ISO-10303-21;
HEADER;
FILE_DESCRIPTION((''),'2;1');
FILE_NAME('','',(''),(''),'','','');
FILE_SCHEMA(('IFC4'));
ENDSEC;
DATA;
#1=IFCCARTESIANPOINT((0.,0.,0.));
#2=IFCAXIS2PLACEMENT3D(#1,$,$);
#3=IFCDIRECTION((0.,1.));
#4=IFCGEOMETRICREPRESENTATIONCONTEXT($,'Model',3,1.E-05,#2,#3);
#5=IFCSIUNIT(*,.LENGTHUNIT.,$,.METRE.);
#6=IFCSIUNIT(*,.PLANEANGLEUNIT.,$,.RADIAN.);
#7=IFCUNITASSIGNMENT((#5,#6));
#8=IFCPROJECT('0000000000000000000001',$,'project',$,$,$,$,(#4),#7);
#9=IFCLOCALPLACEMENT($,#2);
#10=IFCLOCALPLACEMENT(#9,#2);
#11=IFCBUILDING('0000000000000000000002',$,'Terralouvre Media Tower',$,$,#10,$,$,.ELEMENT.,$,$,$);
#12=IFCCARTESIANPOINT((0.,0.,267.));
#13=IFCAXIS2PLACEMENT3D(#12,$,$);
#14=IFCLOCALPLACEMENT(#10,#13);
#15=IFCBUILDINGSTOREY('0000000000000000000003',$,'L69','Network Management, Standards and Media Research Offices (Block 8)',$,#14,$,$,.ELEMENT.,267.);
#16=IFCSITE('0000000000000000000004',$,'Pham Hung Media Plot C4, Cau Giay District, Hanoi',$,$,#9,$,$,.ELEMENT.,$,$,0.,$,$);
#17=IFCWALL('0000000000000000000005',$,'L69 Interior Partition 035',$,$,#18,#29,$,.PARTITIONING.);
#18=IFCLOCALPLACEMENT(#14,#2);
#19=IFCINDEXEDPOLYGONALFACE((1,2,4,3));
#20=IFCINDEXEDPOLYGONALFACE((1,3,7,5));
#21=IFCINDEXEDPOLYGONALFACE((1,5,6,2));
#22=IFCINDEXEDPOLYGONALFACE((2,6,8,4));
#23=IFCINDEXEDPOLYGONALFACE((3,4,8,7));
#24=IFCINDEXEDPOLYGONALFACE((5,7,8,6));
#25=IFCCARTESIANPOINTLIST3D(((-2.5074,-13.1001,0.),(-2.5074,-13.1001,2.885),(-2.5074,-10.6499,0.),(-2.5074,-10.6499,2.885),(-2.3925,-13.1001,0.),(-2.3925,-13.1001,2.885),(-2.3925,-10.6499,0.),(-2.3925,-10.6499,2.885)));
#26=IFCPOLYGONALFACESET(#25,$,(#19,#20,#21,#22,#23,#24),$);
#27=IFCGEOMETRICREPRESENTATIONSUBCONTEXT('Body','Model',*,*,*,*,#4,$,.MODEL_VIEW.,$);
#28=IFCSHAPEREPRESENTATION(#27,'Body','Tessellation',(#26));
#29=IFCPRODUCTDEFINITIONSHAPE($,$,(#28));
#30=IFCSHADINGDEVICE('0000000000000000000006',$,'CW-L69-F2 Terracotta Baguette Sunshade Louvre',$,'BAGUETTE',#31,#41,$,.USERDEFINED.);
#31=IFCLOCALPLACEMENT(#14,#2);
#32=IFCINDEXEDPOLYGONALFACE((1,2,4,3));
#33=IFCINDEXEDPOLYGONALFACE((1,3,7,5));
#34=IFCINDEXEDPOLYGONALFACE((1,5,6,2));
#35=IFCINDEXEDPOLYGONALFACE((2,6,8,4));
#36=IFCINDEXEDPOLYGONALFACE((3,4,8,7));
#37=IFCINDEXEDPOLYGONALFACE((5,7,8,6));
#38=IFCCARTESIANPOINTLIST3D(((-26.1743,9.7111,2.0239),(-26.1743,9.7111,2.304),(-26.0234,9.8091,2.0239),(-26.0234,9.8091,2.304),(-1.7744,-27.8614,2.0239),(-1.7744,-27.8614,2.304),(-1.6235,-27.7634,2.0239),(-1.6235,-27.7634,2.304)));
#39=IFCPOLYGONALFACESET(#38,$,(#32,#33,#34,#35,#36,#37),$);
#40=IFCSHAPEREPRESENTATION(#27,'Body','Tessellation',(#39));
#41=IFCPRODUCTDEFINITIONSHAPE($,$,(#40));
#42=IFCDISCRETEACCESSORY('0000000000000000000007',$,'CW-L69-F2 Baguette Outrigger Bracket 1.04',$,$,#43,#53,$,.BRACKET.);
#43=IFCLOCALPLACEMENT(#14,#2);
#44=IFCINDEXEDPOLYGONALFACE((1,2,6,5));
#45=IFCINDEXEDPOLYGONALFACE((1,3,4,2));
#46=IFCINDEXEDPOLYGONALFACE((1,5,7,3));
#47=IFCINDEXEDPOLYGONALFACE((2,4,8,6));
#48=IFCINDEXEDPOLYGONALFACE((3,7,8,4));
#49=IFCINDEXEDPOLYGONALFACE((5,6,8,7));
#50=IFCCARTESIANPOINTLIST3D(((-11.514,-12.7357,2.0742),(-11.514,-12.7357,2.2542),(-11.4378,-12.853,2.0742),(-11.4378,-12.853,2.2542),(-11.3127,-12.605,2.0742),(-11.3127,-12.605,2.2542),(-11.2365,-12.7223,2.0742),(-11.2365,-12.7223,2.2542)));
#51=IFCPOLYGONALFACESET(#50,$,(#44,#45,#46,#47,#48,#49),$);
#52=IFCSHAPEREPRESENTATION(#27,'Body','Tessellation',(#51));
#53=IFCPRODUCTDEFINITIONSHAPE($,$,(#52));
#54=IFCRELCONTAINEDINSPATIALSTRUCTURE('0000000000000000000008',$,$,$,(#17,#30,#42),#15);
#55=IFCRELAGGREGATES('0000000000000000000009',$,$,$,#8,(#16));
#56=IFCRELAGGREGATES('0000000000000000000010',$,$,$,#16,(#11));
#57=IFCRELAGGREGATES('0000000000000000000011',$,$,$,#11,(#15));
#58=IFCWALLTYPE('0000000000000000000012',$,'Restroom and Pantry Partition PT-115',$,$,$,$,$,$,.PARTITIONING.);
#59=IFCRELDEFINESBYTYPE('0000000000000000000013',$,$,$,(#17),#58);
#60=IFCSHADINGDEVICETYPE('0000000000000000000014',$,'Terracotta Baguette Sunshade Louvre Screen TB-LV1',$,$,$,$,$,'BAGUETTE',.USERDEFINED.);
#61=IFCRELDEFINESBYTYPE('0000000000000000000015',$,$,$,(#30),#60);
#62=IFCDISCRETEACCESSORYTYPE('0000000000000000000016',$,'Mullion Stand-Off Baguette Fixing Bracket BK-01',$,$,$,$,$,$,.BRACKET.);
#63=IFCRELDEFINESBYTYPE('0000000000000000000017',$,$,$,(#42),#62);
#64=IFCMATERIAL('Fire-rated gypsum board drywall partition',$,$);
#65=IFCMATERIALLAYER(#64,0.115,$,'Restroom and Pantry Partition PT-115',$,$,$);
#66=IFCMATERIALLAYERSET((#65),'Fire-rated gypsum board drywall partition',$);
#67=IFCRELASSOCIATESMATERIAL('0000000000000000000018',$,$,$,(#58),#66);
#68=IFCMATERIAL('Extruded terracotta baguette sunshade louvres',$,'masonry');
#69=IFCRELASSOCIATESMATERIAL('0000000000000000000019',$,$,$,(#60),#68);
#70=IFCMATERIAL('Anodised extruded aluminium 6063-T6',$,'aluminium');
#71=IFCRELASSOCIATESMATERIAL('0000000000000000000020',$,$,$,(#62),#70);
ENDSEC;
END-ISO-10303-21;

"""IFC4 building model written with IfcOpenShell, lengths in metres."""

from ifc_helpers import new_model, si_unit, direction, frame, frame_2d, origin, origin_2d, place, context, subcontext, project, spatial, rectangle, extrude, material, layer, layer_set, type_object, element, save


model = new_model("IFC4")

# Units and contexts
model_context = context("Model", 3, precision=1e-05, world=origin(), true_north=direction((0.0, 1.0)))
body_context = subcontext(model_context, "Body", "Model", "MODEL_VIEW")
ifc_project = project(units=[si_unit("LENGTHUNIT", "METRE"), si_unit("PLANEANGLEUNIT", "RADIAN")], contexts=[model_context])

# Site, building, storey
site_placement = place(None, origin())
site = spatial("IfcSite", under=ifc_project, at=site_placement, Name="Pham Hung Media Plot C4, Cau Giay District, Hanoi", CompositionType="ELEMENT", RefElevation=0.0)
building_placement = place(site_placement, origin())
building = spatial("IfcBuilding", under=site, at=building_placement, Name="Terralouvre Media Tower", CompositionType="ELEMENT")
storey_placement = place(building_placement, frame((0.0, 0.0, 267.0)))
storey = spatial("IfcBuildingStorey", under=building, at=storey_placement, Name="L69", Description="Network Management, Standards and Media Research Offices (Block 8)", CompositionType="ELEMENT", Elevation=267.0)

# Shared definitions
ifc_material_1 = material(Name="Fire-rated gypsum board drywall partition")
ifc_layer_1 = layer(ifc_material_1, 0.115, Name="Restroom and Pantry Partition PT-115")
ifc_layer_set_1 = layer_set([ifc_layer_1], Name="Fire-rated gypsum board drywall partition")
wall_type_1 = type_object("IfcWallType", Name="Restroom and Pantry Partition PT-115", PredefinedType="PARTITIONING", material=ifc_layer_set_1)

# Wall
for number, where, z_axis, x_axis, name in (
    (1, (-2.45, -13.1001, 0.0), (0.0, 0.0, 1.0), (0.0, 1.0, 0.0), "L69 Interior Partition 035"),
):
    element("IfcWall", number, at=place(storey_placement, frame(where, z_axis=z_axis, x_axis=x_axis)), inside=storey, type_object=wall_type_1, Name=name, PredefinedType="PARTITIONING", context=body_context, shape_type="SweptSolid", body=[
        extrude(rectangle(XDim=2.4502, YDim=0.115, at=frame_2d((1.2251, 0.0))), origin(), (0.0, 0.0, 1.0), 2.885),
    ])

# Shading device
ifc_material_2 = material(Name="Extruded terracotta baguette sunshade louvres", Category="masonry")
shading_device_type = type_object("IfcShadingDeviceType", Name="Terracotta Baguette Sunshade Louvre Screen TB-LV1", ElementType="BAGUETTE", PredefinedType="USERDEFINED", material=ifc_material_2)
shading_device_placement = place(storey_placement, frame((-13.8989, -9.0261, 2.0239), z_axis=(0.0, 0.0, 1.0), x_axis=(0.544639, -0.838671, 0.0)))
element("IfcShadingDevice", 2, at=shading_device_placement, inside=storey, type_object=shading_device_type, Name="CW-L69-F2 Terracotta Baguette Sunshade Louvre", ObjectType="BAGUETTE", PredefinedType="USERDEFINED", context=body_context, shape_type="SweptSolid", body=[
    extrude(rectangle(XDim=44.8, YDim=0.1799, at=origin_2d()), origin(), (0.0, 0.0, 1.0), 0.28),
])

# Discrete accessory
ifc_material_3 = material(Name="Anodised extruded aluminium 6063-T6", Category="aluminium")
discrete_accessory_type = type_object("IfcDiscreteAccessoryType", Name="Mullion Stand-Off Baguette Fixing Bracket BK-01", PredefinedType="BRACKET", material=ifc_material_3)
discrete_accessory_placement = place(storey_placement, frame((-11.3752, -12.729, 2.0742), z_axis=(0.0, 0.0, 1.0), x_axis=(0.544639, -0.838671, 0.0)))
element("IfcDiscreteAccessory", 3, at=discrete_accessory_placement, inside=storey, type_object=discrete_accessory_type, Name="CW-L69-F2 Baguette Outrigger Bracket 1.04", PredefinedType="BRACKET", context=body_context, shape_type="SweptSolid", body=[
    extrude(rectangle(XDim=0.1399, YDim=0.24, at=origin_2d()), origin(), (0.0, 0.0, 1.0), 0.1799),
])

save(model, "model.ifc")
